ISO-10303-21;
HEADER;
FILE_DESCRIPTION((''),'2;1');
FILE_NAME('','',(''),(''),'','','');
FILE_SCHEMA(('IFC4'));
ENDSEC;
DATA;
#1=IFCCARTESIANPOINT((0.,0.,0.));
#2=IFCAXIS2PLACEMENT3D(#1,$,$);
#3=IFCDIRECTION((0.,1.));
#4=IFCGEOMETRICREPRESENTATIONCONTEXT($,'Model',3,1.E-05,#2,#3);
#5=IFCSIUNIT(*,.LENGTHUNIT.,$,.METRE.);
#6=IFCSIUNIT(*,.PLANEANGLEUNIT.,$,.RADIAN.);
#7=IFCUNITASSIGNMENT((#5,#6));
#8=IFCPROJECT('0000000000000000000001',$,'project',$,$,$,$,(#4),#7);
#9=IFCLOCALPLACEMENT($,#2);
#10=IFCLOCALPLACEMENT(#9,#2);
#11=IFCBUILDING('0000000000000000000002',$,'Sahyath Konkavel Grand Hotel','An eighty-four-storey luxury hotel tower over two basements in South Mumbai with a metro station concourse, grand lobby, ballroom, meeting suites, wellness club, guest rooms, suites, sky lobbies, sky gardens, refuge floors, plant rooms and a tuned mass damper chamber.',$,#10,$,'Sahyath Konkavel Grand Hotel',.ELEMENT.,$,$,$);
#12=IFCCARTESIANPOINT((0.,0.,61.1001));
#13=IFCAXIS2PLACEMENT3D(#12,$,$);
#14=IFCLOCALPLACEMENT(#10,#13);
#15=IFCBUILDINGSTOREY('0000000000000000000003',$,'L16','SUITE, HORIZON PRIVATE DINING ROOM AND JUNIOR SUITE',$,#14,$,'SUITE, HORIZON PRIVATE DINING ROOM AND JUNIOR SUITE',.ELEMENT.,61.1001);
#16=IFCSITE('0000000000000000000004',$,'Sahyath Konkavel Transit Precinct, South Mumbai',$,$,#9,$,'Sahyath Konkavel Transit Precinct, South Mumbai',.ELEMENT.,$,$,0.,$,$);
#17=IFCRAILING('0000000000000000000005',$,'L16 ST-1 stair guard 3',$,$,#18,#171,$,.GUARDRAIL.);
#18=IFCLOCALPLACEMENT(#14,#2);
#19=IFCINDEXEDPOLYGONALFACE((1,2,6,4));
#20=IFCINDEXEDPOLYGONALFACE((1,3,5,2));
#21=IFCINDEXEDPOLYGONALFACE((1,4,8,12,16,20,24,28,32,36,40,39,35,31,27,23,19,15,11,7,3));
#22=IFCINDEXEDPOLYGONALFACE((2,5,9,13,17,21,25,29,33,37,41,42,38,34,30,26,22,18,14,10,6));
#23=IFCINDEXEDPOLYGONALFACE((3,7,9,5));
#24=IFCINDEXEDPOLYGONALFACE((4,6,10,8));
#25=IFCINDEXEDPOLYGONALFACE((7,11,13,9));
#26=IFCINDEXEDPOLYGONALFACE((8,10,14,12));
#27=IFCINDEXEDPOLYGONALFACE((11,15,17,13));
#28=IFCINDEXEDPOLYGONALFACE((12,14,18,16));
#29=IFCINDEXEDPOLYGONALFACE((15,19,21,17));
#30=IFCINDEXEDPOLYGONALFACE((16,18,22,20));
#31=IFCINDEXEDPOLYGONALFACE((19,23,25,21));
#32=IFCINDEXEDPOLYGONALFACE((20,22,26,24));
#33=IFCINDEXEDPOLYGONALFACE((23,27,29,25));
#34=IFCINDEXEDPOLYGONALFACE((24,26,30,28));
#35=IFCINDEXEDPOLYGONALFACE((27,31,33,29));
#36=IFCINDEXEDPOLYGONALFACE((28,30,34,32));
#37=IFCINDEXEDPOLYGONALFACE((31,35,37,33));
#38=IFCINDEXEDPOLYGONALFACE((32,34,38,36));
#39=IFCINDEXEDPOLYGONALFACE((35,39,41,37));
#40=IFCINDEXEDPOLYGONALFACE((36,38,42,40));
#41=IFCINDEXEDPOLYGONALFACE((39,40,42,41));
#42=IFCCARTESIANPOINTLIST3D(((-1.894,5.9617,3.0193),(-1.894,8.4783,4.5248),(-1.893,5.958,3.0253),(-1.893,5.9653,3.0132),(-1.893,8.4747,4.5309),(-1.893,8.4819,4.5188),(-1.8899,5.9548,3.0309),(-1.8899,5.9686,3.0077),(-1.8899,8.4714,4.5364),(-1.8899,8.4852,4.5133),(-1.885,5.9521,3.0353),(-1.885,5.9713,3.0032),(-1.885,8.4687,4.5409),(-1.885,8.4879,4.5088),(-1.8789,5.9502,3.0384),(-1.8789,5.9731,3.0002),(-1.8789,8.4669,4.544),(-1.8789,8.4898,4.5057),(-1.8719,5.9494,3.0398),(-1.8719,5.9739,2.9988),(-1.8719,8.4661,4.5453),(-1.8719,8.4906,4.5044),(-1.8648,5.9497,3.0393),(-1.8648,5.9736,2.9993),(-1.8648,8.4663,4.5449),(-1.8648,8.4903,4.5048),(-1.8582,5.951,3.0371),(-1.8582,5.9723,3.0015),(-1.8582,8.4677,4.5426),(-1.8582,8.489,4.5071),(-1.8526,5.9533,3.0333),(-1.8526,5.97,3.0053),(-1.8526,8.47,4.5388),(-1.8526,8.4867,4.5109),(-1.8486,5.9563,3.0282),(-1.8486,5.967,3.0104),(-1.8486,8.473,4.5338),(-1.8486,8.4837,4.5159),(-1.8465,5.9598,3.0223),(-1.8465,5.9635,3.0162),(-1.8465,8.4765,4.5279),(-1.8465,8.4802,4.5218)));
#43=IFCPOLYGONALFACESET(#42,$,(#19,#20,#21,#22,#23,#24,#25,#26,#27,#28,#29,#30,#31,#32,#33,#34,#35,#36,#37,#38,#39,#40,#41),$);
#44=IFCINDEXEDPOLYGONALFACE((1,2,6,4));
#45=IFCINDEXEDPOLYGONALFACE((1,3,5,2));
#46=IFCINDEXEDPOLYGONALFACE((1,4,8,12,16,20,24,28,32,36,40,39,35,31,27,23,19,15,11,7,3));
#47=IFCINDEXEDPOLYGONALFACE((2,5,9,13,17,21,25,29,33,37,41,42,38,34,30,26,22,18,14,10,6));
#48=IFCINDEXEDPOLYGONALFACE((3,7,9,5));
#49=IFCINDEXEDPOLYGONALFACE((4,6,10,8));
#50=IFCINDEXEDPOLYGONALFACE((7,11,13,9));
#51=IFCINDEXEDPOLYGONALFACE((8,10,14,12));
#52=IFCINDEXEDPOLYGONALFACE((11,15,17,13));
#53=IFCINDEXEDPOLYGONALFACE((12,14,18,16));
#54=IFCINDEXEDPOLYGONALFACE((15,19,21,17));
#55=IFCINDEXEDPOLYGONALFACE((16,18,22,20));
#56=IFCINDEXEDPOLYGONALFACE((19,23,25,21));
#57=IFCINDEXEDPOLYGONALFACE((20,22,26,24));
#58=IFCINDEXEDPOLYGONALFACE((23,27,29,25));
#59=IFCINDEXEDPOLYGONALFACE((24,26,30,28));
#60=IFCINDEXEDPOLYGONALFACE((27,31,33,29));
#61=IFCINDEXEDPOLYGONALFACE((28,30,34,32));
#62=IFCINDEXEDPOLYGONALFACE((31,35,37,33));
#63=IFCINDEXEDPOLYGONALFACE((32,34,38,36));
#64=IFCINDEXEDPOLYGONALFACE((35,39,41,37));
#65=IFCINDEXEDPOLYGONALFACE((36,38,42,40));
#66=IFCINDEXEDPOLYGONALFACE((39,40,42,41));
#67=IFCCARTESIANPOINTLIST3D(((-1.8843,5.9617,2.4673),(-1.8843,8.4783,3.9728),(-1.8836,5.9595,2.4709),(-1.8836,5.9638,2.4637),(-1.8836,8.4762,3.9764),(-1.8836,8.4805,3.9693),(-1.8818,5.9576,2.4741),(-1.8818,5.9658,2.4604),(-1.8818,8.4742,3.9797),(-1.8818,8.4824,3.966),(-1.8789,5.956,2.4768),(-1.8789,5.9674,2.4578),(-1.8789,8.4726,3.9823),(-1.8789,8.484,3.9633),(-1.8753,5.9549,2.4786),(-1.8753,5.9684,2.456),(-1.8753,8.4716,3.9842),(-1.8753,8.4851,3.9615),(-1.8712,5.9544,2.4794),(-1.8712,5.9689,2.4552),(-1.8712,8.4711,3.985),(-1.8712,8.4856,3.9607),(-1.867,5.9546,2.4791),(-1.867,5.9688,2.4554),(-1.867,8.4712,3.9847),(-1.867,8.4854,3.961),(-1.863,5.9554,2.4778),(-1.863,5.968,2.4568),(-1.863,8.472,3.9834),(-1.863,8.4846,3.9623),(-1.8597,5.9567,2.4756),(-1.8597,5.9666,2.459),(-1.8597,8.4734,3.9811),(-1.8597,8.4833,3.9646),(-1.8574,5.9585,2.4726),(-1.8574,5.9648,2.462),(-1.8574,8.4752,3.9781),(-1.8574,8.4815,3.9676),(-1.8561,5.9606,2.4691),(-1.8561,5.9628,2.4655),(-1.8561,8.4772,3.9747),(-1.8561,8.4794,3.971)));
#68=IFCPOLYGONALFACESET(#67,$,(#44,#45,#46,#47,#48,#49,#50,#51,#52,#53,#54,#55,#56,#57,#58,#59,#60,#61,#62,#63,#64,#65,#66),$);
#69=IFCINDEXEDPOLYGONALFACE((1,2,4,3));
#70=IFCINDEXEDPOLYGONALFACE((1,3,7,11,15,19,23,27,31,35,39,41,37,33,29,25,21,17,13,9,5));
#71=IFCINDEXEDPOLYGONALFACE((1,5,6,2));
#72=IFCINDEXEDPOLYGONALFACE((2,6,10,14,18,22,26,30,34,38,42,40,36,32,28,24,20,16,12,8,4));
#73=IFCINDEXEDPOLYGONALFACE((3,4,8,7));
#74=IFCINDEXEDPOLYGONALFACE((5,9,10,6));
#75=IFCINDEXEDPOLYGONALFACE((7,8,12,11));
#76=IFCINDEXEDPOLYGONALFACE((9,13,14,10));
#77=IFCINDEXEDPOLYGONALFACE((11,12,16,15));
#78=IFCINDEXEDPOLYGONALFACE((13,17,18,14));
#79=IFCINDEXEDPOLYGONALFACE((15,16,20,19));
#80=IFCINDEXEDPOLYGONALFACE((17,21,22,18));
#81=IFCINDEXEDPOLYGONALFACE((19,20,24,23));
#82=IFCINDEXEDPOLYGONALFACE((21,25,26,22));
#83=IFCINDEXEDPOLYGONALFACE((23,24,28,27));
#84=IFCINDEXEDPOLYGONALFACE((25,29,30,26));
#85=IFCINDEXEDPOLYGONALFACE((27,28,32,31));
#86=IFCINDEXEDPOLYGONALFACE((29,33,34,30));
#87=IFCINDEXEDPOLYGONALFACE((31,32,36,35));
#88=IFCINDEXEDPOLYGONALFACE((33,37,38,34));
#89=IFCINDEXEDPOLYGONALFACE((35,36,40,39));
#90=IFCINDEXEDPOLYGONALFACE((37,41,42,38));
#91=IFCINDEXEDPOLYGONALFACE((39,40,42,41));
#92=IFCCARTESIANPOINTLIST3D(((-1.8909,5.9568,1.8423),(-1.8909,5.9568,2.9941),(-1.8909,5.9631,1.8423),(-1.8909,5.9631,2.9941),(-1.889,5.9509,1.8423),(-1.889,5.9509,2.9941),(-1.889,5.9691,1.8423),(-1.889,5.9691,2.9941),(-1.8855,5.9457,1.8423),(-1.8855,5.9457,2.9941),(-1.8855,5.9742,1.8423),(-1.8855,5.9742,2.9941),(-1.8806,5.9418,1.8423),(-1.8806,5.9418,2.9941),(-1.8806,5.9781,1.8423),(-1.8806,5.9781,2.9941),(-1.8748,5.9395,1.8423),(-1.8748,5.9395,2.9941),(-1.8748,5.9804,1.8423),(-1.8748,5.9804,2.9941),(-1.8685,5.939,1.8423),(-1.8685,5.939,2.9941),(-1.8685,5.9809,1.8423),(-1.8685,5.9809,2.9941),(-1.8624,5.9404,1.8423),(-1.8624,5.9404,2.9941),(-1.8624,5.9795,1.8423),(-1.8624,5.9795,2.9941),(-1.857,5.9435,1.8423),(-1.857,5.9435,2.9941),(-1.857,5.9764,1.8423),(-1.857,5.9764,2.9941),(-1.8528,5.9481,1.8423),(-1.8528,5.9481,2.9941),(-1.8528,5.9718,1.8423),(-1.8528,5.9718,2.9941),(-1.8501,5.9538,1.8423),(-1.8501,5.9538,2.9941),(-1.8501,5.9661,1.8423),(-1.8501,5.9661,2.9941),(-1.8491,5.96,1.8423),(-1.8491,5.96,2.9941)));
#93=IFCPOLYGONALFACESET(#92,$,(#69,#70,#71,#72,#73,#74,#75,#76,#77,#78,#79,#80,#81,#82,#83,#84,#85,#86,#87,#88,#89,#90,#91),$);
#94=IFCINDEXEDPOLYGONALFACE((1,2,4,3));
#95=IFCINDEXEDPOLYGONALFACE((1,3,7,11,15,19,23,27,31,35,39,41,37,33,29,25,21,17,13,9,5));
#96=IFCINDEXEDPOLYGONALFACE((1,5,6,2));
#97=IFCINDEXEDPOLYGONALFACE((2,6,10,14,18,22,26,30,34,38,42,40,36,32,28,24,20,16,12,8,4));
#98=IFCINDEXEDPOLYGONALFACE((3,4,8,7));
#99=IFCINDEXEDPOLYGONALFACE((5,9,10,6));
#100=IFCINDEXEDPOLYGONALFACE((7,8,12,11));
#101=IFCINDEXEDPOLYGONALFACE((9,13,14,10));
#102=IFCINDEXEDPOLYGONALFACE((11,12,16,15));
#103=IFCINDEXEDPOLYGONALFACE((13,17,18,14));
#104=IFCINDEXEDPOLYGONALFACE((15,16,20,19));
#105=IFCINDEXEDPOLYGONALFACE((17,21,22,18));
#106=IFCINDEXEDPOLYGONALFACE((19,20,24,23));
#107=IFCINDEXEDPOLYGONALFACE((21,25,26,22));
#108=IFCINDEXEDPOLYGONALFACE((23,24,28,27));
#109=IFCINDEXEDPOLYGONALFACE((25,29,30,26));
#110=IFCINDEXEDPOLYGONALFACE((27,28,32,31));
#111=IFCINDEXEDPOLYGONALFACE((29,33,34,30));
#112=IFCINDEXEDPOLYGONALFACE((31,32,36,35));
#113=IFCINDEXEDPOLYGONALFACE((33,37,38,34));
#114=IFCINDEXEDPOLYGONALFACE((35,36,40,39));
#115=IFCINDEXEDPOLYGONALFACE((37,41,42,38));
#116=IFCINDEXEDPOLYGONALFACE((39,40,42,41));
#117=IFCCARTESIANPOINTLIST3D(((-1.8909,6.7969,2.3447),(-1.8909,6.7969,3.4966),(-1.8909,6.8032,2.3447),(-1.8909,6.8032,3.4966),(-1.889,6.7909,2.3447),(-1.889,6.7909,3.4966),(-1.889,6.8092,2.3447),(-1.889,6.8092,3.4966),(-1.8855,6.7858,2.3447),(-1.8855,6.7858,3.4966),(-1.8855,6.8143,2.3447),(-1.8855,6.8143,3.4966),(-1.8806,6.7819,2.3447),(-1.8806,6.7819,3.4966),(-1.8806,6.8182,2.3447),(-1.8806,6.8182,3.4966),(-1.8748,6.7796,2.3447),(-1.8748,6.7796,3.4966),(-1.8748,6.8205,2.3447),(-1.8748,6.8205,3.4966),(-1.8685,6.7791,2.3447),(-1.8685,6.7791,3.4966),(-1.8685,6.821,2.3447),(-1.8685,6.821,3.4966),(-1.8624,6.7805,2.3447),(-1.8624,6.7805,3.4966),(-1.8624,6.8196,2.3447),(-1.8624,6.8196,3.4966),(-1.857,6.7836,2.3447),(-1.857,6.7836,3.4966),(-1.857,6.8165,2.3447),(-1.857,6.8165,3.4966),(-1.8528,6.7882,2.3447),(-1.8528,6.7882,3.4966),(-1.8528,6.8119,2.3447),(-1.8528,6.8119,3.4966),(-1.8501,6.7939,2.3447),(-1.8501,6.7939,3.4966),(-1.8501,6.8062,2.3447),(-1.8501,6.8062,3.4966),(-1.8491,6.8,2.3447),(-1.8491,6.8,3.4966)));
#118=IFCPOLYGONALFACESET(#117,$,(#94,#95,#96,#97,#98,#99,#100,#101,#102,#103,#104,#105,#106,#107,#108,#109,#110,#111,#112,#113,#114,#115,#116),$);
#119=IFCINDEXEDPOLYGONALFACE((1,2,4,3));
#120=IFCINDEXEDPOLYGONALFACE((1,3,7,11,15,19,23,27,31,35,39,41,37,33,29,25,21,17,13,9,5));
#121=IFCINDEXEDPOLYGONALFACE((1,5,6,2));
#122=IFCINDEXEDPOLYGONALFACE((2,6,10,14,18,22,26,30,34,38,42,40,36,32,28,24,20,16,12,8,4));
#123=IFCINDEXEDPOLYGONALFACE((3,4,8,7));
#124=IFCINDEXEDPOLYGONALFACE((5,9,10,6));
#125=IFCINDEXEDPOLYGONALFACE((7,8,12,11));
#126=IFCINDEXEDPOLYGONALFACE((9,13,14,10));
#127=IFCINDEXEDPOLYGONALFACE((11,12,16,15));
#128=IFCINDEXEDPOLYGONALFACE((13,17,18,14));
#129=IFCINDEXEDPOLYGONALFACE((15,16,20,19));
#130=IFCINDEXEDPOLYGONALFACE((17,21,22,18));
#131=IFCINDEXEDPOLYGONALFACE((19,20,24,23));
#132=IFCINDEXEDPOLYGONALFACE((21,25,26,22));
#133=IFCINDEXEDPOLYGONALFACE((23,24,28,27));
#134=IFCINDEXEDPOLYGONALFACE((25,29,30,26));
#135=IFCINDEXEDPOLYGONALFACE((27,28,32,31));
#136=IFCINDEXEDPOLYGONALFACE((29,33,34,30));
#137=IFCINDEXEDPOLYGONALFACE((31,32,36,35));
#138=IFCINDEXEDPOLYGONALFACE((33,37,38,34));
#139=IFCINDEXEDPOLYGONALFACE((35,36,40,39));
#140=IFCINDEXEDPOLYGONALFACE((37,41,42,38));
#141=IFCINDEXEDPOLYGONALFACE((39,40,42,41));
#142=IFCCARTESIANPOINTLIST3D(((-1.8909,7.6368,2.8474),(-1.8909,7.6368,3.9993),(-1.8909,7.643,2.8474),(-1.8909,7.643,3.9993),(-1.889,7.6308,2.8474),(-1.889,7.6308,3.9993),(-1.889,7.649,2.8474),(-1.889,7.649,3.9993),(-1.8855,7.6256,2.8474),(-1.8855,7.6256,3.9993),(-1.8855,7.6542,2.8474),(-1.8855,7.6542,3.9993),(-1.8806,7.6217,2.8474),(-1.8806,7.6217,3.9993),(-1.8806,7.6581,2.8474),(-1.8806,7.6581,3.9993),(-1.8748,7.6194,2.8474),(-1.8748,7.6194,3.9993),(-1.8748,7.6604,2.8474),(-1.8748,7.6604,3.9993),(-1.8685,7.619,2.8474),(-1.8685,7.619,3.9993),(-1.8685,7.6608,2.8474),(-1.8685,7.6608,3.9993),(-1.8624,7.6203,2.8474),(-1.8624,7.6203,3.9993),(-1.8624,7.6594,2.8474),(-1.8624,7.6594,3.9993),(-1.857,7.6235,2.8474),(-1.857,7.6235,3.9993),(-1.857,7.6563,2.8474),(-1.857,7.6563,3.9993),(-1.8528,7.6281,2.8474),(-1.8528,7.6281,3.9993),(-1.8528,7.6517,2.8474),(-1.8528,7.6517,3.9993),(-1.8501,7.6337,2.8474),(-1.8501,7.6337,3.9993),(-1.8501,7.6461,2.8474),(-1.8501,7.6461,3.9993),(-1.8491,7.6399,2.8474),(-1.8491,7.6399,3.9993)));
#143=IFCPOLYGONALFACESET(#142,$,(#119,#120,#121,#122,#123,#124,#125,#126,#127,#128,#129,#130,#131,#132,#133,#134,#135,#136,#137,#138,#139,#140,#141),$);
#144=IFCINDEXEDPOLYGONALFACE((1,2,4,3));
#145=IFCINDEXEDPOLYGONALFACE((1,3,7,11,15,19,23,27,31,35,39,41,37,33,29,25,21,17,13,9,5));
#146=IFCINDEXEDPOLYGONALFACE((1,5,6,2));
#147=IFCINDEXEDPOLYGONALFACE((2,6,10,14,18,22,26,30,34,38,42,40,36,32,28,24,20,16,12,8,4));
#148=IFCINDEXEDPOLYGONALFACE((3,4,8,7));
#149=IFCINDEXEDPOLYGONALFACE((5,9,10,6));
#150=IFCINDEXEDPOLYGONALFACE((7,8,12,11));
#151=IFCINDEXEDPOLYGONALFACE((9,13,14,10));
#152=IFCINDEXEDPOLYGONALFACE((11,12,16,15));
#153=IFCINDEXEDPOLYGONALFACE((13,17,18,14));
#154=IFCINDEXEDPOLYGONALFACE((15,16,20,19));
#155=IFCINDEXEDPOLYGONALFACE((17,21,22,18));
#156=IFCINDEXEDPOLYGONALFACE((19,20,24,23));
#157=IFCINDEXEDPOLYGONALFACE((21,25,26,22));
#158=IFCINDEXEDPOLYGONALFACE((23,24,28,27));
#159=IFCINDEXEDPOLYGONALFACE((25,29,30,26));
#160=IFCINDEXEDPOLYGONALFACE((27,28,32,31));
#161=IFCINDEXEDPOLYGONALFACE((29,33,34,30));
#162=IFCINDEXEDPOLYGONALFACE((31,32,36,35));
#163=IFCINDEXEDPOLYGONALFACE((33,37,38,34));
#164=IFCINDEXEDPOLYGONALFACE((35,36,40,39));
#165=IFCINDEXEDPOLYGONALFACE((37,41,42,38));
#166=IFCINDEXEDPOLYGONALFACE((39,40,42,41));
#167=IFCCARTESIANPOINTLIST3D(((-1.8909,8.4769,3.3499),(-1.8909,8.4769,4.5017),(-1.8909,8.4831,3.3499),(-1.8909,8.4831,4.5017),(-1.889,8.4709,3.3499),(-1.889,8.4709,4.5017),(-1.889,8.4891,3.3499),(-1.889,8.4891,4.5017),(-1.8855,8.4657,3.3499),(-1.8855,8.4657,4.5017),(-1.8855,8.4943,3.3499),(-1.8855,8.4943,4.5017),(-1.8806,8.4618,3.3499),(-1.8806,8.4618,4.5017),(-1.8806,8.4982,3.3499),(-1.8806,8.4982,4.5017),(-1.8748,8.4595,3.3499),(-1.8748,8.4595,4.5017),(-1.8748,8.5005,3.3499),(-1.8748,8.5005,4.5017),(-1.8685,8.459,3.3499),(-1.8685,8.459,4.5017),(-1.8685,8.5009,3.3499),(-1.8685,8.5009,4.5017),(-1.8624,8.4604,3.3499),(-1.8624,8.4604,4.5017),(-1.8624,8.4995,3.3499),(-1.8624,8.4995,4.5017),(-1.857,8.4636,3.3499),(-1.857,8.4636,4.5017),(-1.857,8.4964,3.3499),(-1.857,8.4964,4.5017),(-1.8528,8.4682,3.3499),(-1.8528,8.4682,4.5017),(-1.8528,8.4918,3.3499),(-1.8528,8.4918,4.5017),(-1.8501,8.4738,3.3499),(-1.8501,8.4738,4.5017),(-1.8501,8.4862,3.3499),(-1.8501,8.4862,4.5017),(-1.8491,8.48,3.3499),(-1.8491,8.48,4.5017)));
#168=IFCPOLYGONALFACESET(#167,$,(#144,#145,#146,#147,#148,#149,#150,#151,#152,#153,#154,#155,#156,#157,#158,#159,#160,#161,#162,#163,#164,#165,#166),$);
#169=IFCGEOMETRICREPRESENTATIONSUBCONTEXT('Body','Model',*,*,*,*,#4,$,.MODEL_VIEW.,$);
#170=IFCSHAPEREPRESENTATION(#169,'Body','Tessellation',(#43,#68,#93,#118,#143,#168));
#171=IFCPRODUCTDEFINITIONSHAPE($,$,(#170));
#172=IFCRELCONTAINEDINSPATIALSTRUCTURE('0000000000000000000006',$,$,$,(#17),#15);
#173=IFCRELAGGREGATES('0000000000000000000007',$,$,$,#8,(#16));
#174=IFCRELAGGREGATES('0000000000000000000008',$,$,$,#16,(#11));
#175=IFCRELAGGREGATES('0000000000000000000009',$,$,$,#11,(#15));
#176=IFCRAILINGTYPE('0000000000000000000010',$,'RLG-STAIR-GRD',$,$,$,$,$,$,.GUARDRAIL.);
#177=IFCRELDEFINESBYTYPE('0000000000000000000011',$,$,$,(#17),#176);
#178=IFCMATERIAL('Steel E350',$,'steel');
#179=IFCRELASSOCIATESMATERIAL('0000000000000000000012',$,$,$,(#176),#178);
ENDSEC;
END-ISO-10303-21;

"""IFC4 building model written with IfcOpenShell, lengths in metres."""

from ifc_helpers import new_model, si_unit, direction, frame, origin, origin_2d, place, context, subcontext, project, spatial, circle, extrude, material, type_object, element, save


model = new_model("IFC4")

# Units and contexts
model_context = context("Model", 3, precision=1e-05, world=origin(), true_north=direction((0.0, 1.0)))
body_context = subcontext(model_context, "Body", "Model", "MODEL_VIEW")
ifc_project = project(units=[si_unit("LENGTHUNIT", "METRE"), si_unit("PLANEANGLEUNIT", "RADIAN")], contexts=[model_context])

# Site, building, storey
site_placement = place(None, origin())
site = spatial("IfcSite", under=ifc_project, at=site_placement, Name="Sahyath Konkavel Transit Precinct, South Mumbai", LongName="Sahyath Konkavel Transit Precinct, South Mumbai", CompositionType="ELEMENT", RefElevation=0.0)
building_placement = place(site_placement, origin())
building = spatial("IfcBuilding", under=site, at=building_placement, Name="Sahyath Konkavel Grand Hotel", Description="An eighty-four-storey luxury hotel tower over two basements in South Mumbai with a metro station concourse, grand lobby, ballroom, meeting suites, wellness club, guest rooms, suites, sky lobbies, sky gardens, refuge floors, plant rooms and a tuned mass damper chamber.", LongName="Sahyath Konkavel Grand Hotel", CompositionType="ELEMENT")
storey_placement = place(building_placement, frame((0.0, 0.0, 61.1001)))
storey = spatial("IfcBuildingStorey", under=building, at=storey_placement, Name="L16", Description="SUITE, HORIZON PRIVATE DINING ROOM AND JUNIOR SUITE", LongName="SUITE, HORIZON PRIVATE DINING ROOM AND JUNIOR SUITE", CompositionType="ELEMENT", Elevation=61.1001)

# Shared definitions
ifc_material_1 = material(Name="Steel E350", Category="steel")

# Railing
railing_type_1 = type_object("IfcRailingType", Name="RLG-STAIR-GRD", PredefinedType="GUARDRAIL", material=ifc_material_1)
railing_1_placement = place(storey_placement, frame((-1.8701, 5.96, 1.8423)))
element("IfcRailing", 1, at=railing_1_placement, inside=storey, type_object=railing_type_1, Name="L16 ST-1 stair guard 3", PredefinedType="GUARDRAIL", context=body_context, shape_type="SweptSolid", body=[
    extrude(circle(Radius=0.0239, at=origin_2d()), frame((0.0, 0.0017, 1.177), z_axis=(0.0, 0.85816, 0.513383), x_axis=(-1.0, 0.0, 0.0)), (0.0, 0.0, 1.0), 2.9326),
    extrude(circle(Radius=0.0142, at=origin_2d()), frame((0.0, 0.0017, 0.625), z_axis=(0.0, 0.85816, 0.513383), x_axis=(-1.0, 0.0, 0.0)), (0.0, 0.0, 1.0), 2.9326),
    extrude(circle(Radius=0.021, at=origin_2d()), origin(), (0.0, 0.0, 1.0), 1.1519),
    extrude(circle(Radius=0.021, at=origin_2d()), frame((0.0, 0.8401, 0.5024)), (0.0, 0.0, 1.0), 1.1519),
    extrude(circle(Radius=0.021, at=origin_2d()), frame((0.0, 1.6799, 1.0051)), (0.0, 0.0, 1.0), 1.1519),
    extrude(circle(Radius=0.021, at=origin_2d()), frame((0.0, 2.52, 1.5076)), (0.0, 0.0, 1.0), 1.1519),
])

save(model, "model.ifc")
